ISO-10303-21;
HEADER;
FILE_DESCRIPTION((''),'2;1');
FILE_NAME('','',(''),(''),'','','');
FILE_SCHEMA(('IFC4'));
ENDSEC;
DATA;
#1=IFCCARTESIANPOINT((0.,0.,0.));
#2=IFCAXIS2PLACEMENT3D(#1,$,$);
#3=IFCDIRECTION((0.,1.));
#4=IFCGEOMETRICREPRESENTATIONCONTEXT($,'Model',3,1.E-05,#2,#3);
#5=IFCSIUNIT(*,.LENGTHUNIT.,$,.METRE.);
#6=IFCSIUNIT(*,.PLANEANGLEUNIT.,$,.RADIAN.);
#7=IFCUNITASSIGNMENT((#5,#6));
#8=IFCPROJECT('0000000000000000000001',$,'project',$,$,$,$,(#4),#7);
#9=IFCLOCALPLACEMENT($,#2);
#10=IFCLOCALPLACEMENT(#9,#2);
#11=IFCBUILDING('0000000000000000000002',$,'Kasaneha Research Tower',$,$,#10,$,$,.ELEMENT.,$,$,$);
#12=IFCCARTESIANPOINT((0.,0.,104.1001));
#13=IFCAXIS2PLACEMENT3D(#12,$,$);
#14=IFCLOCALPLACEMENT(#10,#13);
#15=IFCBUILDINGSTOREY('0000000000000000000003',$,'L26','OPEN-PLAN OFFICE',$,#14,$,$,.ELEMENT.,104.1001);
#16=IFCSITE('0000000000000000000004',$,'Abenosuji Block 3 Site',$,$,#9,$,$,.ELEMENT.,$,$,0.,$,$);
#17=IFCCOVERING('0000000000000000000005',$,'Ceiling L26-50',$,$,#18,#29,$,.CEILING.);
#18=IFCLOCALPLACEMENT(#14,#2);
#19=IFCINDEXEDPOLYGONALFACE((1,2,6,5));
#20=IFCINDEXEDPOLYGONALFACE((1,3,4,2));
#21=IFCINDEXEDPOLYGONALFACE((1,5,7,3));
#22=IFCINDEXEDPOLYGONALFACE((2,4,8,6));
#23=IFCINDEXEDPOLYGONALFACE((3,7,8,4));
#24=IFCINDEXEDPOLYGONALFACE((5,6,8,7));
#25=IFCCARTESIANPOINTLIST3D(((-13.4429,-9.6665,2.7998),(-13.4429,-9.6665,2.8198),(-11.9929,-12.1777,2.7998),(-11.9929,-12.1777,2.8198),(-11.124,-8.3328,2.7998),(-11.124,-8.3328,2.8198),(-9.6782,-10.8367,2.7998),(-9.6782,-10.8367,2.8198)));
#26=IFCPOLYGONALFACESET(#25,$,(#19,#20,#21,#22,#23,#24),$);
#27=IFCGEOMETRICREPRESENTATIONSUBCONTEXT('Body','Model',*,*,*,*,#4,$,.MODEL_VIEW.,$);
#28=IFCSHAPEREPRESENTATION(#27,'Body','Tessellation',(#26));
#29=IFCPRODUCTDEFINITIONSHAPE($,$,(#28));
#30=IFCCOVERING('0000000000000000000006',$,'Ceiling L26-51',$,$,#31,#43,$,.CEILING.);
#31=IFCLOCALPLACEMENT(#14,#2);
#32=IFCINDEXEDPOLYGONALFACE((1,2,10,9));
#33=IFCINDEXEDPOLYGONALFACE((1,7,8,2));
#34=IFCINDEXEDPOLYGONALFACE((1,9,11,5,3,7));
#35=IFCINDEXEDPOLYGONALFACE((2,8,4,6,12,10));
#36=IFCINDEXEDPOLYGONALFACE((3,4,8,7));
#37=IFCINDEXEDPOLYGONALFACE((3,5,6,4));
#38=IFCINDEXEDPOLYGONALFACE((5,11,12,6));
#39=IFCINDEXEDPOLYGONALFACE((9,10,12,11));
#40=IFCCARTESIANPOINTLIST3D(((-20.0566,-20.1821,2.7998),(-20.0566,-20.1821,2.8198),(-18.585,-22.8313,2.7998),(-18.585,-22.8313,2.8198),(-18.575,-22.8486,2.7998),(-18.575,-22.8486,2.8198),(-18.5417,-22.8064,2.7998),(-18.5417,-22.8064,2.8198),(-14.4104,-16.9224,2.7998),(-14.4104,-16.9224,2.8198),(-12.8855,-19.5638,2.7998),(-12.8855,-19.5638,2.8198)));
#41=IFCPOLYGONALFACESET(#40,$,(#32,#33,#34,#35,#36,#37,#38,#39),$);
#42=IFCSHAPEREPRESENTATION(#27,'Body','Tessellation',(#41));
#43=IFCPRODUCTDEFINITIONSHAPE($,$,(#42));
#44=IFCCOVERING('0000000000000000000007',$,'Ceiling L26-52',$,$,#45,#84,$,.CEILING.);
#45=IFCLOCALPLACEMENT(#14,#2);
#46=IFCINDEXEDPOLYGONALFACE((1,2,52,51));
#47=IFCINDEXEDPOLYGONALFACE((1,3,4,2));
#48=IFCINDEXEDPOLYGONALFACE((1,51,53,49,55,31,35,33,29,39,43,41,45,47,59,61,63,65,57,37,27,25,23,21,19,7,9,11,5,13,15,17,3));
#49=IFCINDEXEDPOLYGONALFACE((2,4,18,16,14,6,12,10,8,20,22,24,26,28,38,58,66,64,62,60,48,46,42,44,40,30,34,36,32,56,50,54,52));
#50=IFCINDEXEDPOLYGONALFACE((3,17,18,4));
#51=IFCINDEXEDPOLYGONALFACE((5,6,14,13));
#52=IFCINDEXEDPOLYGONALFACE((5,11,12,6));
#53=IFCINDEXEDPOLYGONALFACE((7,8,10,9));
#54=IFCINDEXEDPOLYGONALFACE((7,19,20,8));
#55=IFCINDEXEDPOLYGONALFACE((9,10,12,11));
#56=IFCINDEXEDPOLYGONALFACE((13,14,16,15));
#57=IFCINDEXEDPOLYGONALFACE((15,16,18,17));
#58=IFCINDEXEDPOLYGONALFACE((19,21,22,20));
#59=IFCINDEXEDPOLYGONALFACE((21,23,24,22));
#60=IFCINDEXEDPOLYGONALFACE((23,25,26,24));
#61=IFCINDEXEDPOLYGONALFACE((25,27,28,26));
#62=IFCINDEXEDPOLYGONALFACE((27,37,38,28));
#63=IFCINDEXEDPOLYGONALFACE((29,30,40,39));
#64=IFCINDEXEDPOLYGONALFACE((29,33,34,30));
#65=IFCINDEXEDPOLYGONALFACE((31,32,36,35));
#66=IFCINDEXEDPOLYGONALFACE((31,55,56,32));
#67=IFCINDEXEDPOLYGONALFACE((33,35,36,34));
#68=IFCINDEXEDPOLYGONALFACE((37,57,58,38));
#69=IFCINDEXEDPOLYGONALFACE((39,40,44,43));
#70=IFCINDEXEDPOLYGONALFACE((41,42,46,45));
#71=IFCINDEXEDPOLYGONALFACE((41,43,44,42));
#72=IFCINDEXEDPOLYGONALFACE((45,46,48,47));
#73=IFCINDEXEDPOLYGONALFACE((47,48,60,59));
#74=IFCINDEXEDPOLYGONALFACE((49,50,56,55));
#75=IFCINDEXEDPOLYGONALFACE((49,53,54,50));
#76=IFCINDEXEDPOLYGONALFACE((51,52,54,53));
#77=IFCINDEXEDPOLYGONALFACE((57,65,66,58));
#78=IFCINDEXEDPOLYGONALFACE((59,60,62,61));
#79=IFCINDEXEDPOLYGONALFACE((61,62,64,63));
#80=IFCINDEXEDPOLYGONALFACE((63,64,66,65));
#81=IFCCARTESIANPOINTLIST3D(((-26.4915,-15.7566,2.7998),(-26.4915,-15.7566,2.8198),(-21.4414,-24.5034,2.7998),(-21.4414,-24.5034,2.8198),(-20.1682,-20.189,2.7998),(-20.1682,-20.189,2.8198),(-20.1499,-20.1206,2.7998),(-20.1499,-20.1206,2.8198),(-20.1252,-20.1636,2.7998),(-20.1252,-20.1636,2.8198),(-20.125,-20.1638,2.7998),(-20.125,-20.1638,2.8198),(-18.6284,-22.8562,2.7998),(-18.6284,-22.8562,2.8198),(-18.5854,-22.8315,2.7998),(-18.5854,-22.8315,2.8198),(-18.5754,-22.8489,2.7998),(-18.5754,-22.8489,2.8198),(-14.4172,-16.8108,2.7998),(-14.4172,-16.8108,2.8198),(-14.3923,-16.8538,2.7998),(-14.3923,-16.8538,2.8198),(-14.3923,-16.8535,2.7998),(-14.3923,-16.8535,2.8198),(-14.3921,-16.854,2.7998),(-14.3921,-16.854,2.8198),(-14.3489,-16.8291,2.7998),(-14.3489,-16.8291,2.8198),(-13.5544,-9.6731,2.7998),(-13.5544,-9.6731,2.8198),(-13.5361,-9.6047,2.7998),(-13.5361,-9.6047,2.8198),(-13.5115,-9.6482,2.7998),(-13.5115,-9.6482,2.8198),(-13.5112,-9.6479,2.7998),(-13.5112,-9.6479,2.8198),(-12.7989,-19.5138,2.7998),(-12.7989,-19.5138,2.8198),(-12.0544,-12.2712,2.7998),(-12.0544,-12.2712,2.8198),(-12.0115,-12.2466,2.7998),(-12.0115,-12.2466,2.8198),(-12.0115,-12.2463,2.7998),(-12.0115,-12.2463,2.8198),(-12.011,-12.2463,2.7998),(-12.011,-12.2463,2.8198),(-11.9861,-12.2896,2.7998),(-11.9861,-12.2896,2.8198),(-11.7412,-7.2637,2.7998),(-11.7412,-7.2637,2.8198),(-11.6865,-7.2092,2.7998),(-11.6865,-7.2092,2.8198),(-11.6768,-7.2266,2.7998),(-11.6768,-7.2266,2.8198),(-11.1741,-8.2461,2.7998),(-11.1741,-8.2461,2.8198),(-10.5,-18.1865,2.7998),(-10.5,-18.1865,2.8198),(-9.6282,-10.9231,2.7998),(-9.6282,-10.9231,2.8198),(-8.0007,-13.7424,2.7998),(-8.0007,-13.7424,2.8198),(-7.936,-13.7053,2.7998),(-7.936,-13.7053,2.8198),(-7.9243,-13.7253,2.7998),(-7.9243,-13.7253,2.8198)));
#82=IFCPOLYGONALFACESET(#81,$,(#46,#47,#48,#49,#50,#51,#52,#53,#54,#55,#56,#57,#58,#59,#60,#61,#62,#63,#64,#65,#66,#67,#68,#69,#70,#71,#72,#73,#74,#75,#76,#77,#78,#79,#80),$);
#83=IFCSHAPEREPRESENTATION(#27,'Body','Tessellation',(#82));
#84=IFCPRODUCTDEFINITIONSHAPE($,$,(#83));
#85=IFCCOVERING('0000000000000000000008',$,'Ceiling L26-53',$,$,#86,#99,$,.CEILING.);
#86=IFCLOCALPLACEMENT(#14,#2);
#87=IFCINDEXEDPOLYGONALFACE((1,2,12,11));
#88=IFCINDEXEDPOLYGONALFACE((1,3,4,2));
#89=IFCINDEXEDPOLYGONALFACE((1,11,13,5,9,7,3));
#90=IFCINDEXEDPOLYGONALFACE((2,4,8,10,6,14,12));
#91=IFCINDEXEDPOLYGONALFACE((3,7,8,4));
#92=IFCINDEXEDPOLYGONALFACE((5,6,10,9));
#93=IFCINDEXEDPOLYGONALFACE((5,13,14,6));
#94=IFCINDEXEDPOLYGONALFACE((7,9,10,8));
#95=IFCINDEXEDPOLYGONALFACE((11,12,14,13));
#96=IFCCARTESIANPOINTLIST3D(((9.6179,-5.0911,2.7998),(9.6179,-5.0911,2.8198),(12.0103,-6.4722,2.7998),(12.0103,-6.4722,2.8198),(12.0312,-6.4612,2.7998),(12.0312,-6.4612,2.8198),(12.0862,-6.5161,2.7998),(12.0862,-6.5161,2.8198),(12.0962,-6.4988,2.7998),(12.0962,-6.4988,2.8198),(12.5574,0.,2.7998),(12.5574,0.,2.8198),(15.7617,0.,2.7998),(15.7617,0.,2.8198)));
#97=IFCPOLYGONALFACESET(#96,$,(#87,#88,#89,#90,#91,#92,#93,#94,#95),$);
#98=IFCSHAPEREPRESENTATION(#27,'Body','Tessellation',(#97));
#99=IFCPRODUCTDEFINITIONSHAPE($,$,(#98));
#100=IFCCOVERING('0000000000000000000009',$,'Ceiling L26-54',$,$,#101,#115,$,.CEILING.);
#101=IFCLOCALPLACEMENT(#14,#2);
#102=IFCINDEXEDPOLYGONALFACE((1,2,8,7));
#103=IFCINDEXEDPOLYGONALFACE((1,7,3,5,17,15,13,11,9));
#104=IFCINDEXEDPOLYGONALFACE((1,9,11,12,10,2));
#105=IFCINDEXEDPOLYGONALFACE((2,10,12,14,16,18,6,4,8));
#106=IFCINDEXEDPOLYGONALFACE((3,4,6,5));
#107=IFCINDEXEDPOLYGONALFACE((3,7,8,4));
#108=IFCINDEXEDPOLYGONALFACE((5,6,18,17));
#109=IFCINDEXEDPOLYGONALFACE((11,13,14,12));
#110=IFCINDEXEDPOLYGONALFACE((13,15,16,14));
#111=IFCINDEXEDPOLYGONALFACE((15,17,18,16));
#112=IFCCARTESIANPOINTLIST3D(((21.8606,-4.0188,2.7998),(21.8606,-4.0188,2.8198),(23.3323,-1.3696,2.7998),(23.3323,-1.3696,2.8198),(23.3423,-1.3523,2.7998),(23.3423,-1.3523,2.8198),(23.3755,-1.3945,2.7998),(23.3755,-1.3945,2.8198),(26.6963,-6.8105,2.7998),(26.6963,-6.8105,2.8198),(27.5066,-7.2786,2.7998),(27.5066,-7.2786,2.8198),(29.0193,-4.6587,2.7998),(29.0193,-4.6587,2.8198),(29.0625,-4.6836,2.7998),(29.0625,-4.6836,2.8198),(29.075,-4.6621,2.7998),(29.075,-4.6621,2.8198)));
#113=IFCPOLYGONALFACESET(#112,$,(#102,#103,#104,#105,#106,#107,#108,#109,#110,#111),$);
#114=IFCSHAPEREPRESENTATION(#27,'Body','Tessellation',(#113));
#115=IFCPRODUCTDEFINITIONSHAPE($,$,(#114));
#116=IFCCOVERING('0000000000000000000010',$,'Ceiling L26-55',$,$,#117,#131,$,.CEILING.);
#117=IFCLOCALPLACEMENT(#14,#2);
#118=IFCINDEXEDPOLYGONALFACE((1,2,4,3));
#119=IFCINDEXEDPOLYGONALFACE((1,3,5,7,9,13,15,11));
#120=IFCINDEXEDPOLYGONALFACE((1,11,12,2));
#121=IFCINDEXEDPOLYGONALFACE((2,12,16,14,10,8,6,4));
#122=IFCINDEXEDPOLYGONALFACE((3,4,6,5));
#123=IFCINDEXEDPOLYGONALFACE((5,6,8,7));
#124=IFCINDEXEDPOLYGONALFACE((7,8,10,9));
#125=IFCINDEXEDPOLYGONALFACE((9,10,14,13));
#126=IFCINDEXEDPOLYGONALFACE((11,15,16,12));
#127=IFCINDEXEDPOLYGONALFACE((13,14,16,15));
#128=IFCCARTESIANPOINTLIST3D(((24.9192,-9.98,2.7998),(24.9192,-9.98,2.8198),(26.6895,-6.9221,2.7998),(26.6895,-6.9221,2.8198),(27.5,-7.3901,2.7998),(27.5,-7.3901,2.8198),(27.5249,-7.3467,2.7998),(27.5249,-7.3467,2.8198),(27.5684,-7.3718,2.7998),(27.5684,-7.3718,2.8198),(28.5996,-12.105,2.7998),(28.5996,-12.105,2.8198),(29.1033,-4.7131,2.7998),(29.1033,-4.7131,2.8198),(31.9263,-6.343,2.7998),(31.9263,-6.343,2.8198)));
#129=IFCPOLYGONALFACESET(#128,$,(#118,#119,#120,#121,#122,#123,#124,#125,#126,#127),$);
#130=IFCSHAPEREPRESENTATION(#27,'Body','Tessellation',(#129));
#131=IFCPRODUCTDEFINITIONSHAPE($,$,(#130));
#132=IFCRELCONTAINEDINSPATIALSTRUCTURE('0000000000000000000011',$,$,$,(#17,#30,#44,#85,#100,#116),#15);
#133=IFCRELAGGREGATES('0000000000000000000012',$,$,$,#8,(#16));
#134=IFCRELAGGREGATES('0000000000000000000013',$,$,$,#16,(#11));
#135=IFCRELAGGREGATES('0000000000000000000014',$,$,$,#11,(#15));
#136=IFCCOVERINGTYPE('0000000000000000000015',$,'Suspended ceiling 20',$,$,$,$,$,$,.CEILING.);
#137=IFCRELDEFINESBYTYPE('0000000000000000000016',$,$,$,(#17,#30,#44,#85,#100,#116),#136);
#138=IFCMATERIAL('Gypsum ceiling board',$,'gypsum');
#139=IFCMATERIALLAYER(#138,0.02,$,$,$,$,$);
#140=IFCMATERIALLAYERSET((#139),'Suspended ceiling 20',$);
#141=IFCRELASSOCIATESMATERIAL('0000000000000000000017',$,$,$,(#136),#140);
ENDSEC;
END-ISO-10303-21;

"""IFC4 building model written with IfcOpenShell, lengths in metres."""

from ifc_helpers import new_model, si_unit, direction, frame, origin, place, context, subcontext, project, spatial, polyline, outline, extrude, material, layer, layer_set, type_object, element, save


model = new_model("IFC4")

# Units and contexts
model_context = context("Model", 3, precision=1e-05, world=origin(), true_north=direction((0.0, 1.0)))
body_context = subcontext(model_context, "Body", "Model", "MODEL_VIEW")
ifc_project = project(units=[si_unit("LENGTHUNIT", "METRE"), si_unit("PLANEANGLEUNIT", "RADIAN")], contexts=[model_context])

# Site, building, storey
site_placement = place(None, origin())
site = spatial("IfcSite", under=ifc_project, at=site_placement, Name="Abenosuji Block 3 Site", CompositionType="ELEMENT", RefElevation=0.0)
building_placement = place(site_placement, origin())
building = spatial("IfcBuilding", under=site, at=building_placement, Name="Kasaneha Research Tower", CompositionType="ELEMENT")
storey_placement = place(building_placement, frame((0.0, 0.0, 104.1001)))
storey = spatial("IfcBuildingStorey", under=building, at=storey_placement, Name="L26", Description="OPEN-PLAN OFFICE", CompositionType="ELEMENT", Elevation=104.1001)

# Coverings
ifc_material_1 = material(Name="Gypsum ceiling board", Category="gypsum")
ifc_layer_1 = layer(ifc_material_1, 0.02)
ifc_layer_set_1 = layer_set([ifc_layer_1], Name="Suspended ceiling 20")
covering_type = type_object("IfcCoveringType", Name="Suspended ceiling 20", PredefinedType="CEILING", material=ifc_layer_set_1)
covering_1_placement = place(storey_placement, frame((0.0, 0.0, 2.7998)))
element("IfcCovering", 1, at=covering_1_placement, inside=storey, type_object=covering_type, Name="Ceiling L26-50", PredefinedType="CEILING", context=body_context, shape_type="SweptSolid", body=[
    extrude(outline(polyline([(-9.6782, -10.8367), (-11.9929, -12.1777), (-13.4429, -9.6665), (-11.124, -8.3328), (-9.6782, -10.8367)])), origin(), (0.0, 0.0, 1.0), 0.02),
])
covering_2_placement = place(storey_placement, frame((0.0, 0.0, 2.7998)))
element("IfcCovering", 2, at=covering_2_placement, inside=storey, type_object=covering_type, Name="Ceiling L26-51", PredefinedType="CEILING", context=body_context, shape_type="SweptSolid", body=[
    extrude(outline(polyline([(-18.575, -22.8486), (-18.585, -22.8313), (-18.5417, -22.8064), (-20.0566, -20.1821), (-14.4104, -16.9224), (-12.8855, -19.5637), (-12.8423, -19.5388), (-12.8423, -19.5388), (-18.575, -22.8486)])), origin(), (0.0, 0.0, 1.0), 0.02),
])
covering_3_placement = place(storey_placement, frame((0.0, 0.0, 2.7998)))
element("IfcCovering", 3, at=covering_3_placement, inside=storey, type_object=covering_type, Name="Ceiling L26-52", PredefinedType="CEILING", context=body_context, shape_type="SweptSolid", body=[
    extrude(outline(polyline([(-13.5115, -9.6482), (-13.5115, -9.6482), (-13.5544, -9.6731), (-12.0544, -12.2712), (-12.0115, -12.2463), (-12.0115, -12.2466), (-12.011, -12.2463), (-11.9861, -12.2896), (-9.6282, -10.9231), (-8.0007, -13.7424), (-7.936, -13.7053), (-7.9243, -13.7253), (-10.5, -18.1865), (-12.8418, -19.5386), (-12.8418, -19.5386), (-12.7988, -19.5139), (-14.3489, -16.8291), (-14.3921, -16.854), (-14.3923, -16.8535), (-14.3923, -16.8538), (-14.4172, -16.8108), (-20.1499, -20.1206), (-20.1252, -20.1636), (-20.1252, -20.1636), (-20.125, -20.1638), (-20.1682, -20.189), (-18.6284, -22.8562), (-18.5854, -22.8315), (-18.5754, -22.8489), (-21.4414, -24.5034), (-26.4915, -15.7566), (-11.6865, -7.2092), (-11.6768, -7.2266), (-11.7412, -7.2637), (-11.1741, -8.2461), (-13.5361, -9.6047), (-13.5112, -9.6479), (-13.5115, -9.6482)])), origin(), (0.0, 0.0, 1.0), 0.02),
])
covering_4_placement = place(storey_placement, frame((0.0, 0.0, 2.7998)))
element("IfcCovering", 4, at=covering_4_placement, inside=storey, type_object=covering_type, Name="Ceiling L26-53", PredefinedType="CEILING", context=body_context, shape_type="SweptSolid", body=[
    extrude(outline(polyline([(9.6179, -5.0911), (12.5574, 0.0), (15.7617, 0.0), (12.0312, -6.4612), (12.0962, -6.4988), (12.0862, -6.5161), (12.0103, -6.4722), (9.6179, -5.0911)])), origin(), (0.0, 0.0, 1.0), 0.02),
])
covering_5_placement = place(storey_placement, frame((0.0, 0.0, 2.7998)))
element("IfcCovering", 5, at=covering_5_placement, inside=storey, type_object=covering_type, Name="Ceiling L26-54", PredefinedType="CEILING", context=body_context, shape_type="SweptSolid", body=[
    extrude(outline(polyline([(29.075, -4.6621), (29.0625, -4.6836), (29.0193, -4.6587), (27.5066, -7.2786), (26.6963, -6.8105), (26.6963, -6.8105), (21.8606, -4.0188), (23.3755, -1.3945), (23.3323, -1.3696), (23.3423, -1.3523), (29.075, -4.6621)])), origin(), (0.0, 0.0, 1.0), 0.02),
])
covering_6_placement = place(storey_placement, frame((0.0, 0.0, 2.7998)))
element("IfcCovering", 6, at=covering_6_placement, inside=storey, type_object=covering_type, Name="Ceiling L26-55", PredefinedType="CEILING", context=body_context, shape_type="SweptSolid", body=[
    extrude(outline(polyline([(31.9263, -6.343), (28.5996, -12.105), (24.9192, -9.98), (26.6895, -6.9221), (27.5, -7.3901), (27.5249, -7.3467), (27.5684, -7.3718), (29.1033, -4.7131), (31.9263, -6.343)])), origin(), (0.0, 0.0, 1.0), 0.02),
])

save(model, "model.ifc")
